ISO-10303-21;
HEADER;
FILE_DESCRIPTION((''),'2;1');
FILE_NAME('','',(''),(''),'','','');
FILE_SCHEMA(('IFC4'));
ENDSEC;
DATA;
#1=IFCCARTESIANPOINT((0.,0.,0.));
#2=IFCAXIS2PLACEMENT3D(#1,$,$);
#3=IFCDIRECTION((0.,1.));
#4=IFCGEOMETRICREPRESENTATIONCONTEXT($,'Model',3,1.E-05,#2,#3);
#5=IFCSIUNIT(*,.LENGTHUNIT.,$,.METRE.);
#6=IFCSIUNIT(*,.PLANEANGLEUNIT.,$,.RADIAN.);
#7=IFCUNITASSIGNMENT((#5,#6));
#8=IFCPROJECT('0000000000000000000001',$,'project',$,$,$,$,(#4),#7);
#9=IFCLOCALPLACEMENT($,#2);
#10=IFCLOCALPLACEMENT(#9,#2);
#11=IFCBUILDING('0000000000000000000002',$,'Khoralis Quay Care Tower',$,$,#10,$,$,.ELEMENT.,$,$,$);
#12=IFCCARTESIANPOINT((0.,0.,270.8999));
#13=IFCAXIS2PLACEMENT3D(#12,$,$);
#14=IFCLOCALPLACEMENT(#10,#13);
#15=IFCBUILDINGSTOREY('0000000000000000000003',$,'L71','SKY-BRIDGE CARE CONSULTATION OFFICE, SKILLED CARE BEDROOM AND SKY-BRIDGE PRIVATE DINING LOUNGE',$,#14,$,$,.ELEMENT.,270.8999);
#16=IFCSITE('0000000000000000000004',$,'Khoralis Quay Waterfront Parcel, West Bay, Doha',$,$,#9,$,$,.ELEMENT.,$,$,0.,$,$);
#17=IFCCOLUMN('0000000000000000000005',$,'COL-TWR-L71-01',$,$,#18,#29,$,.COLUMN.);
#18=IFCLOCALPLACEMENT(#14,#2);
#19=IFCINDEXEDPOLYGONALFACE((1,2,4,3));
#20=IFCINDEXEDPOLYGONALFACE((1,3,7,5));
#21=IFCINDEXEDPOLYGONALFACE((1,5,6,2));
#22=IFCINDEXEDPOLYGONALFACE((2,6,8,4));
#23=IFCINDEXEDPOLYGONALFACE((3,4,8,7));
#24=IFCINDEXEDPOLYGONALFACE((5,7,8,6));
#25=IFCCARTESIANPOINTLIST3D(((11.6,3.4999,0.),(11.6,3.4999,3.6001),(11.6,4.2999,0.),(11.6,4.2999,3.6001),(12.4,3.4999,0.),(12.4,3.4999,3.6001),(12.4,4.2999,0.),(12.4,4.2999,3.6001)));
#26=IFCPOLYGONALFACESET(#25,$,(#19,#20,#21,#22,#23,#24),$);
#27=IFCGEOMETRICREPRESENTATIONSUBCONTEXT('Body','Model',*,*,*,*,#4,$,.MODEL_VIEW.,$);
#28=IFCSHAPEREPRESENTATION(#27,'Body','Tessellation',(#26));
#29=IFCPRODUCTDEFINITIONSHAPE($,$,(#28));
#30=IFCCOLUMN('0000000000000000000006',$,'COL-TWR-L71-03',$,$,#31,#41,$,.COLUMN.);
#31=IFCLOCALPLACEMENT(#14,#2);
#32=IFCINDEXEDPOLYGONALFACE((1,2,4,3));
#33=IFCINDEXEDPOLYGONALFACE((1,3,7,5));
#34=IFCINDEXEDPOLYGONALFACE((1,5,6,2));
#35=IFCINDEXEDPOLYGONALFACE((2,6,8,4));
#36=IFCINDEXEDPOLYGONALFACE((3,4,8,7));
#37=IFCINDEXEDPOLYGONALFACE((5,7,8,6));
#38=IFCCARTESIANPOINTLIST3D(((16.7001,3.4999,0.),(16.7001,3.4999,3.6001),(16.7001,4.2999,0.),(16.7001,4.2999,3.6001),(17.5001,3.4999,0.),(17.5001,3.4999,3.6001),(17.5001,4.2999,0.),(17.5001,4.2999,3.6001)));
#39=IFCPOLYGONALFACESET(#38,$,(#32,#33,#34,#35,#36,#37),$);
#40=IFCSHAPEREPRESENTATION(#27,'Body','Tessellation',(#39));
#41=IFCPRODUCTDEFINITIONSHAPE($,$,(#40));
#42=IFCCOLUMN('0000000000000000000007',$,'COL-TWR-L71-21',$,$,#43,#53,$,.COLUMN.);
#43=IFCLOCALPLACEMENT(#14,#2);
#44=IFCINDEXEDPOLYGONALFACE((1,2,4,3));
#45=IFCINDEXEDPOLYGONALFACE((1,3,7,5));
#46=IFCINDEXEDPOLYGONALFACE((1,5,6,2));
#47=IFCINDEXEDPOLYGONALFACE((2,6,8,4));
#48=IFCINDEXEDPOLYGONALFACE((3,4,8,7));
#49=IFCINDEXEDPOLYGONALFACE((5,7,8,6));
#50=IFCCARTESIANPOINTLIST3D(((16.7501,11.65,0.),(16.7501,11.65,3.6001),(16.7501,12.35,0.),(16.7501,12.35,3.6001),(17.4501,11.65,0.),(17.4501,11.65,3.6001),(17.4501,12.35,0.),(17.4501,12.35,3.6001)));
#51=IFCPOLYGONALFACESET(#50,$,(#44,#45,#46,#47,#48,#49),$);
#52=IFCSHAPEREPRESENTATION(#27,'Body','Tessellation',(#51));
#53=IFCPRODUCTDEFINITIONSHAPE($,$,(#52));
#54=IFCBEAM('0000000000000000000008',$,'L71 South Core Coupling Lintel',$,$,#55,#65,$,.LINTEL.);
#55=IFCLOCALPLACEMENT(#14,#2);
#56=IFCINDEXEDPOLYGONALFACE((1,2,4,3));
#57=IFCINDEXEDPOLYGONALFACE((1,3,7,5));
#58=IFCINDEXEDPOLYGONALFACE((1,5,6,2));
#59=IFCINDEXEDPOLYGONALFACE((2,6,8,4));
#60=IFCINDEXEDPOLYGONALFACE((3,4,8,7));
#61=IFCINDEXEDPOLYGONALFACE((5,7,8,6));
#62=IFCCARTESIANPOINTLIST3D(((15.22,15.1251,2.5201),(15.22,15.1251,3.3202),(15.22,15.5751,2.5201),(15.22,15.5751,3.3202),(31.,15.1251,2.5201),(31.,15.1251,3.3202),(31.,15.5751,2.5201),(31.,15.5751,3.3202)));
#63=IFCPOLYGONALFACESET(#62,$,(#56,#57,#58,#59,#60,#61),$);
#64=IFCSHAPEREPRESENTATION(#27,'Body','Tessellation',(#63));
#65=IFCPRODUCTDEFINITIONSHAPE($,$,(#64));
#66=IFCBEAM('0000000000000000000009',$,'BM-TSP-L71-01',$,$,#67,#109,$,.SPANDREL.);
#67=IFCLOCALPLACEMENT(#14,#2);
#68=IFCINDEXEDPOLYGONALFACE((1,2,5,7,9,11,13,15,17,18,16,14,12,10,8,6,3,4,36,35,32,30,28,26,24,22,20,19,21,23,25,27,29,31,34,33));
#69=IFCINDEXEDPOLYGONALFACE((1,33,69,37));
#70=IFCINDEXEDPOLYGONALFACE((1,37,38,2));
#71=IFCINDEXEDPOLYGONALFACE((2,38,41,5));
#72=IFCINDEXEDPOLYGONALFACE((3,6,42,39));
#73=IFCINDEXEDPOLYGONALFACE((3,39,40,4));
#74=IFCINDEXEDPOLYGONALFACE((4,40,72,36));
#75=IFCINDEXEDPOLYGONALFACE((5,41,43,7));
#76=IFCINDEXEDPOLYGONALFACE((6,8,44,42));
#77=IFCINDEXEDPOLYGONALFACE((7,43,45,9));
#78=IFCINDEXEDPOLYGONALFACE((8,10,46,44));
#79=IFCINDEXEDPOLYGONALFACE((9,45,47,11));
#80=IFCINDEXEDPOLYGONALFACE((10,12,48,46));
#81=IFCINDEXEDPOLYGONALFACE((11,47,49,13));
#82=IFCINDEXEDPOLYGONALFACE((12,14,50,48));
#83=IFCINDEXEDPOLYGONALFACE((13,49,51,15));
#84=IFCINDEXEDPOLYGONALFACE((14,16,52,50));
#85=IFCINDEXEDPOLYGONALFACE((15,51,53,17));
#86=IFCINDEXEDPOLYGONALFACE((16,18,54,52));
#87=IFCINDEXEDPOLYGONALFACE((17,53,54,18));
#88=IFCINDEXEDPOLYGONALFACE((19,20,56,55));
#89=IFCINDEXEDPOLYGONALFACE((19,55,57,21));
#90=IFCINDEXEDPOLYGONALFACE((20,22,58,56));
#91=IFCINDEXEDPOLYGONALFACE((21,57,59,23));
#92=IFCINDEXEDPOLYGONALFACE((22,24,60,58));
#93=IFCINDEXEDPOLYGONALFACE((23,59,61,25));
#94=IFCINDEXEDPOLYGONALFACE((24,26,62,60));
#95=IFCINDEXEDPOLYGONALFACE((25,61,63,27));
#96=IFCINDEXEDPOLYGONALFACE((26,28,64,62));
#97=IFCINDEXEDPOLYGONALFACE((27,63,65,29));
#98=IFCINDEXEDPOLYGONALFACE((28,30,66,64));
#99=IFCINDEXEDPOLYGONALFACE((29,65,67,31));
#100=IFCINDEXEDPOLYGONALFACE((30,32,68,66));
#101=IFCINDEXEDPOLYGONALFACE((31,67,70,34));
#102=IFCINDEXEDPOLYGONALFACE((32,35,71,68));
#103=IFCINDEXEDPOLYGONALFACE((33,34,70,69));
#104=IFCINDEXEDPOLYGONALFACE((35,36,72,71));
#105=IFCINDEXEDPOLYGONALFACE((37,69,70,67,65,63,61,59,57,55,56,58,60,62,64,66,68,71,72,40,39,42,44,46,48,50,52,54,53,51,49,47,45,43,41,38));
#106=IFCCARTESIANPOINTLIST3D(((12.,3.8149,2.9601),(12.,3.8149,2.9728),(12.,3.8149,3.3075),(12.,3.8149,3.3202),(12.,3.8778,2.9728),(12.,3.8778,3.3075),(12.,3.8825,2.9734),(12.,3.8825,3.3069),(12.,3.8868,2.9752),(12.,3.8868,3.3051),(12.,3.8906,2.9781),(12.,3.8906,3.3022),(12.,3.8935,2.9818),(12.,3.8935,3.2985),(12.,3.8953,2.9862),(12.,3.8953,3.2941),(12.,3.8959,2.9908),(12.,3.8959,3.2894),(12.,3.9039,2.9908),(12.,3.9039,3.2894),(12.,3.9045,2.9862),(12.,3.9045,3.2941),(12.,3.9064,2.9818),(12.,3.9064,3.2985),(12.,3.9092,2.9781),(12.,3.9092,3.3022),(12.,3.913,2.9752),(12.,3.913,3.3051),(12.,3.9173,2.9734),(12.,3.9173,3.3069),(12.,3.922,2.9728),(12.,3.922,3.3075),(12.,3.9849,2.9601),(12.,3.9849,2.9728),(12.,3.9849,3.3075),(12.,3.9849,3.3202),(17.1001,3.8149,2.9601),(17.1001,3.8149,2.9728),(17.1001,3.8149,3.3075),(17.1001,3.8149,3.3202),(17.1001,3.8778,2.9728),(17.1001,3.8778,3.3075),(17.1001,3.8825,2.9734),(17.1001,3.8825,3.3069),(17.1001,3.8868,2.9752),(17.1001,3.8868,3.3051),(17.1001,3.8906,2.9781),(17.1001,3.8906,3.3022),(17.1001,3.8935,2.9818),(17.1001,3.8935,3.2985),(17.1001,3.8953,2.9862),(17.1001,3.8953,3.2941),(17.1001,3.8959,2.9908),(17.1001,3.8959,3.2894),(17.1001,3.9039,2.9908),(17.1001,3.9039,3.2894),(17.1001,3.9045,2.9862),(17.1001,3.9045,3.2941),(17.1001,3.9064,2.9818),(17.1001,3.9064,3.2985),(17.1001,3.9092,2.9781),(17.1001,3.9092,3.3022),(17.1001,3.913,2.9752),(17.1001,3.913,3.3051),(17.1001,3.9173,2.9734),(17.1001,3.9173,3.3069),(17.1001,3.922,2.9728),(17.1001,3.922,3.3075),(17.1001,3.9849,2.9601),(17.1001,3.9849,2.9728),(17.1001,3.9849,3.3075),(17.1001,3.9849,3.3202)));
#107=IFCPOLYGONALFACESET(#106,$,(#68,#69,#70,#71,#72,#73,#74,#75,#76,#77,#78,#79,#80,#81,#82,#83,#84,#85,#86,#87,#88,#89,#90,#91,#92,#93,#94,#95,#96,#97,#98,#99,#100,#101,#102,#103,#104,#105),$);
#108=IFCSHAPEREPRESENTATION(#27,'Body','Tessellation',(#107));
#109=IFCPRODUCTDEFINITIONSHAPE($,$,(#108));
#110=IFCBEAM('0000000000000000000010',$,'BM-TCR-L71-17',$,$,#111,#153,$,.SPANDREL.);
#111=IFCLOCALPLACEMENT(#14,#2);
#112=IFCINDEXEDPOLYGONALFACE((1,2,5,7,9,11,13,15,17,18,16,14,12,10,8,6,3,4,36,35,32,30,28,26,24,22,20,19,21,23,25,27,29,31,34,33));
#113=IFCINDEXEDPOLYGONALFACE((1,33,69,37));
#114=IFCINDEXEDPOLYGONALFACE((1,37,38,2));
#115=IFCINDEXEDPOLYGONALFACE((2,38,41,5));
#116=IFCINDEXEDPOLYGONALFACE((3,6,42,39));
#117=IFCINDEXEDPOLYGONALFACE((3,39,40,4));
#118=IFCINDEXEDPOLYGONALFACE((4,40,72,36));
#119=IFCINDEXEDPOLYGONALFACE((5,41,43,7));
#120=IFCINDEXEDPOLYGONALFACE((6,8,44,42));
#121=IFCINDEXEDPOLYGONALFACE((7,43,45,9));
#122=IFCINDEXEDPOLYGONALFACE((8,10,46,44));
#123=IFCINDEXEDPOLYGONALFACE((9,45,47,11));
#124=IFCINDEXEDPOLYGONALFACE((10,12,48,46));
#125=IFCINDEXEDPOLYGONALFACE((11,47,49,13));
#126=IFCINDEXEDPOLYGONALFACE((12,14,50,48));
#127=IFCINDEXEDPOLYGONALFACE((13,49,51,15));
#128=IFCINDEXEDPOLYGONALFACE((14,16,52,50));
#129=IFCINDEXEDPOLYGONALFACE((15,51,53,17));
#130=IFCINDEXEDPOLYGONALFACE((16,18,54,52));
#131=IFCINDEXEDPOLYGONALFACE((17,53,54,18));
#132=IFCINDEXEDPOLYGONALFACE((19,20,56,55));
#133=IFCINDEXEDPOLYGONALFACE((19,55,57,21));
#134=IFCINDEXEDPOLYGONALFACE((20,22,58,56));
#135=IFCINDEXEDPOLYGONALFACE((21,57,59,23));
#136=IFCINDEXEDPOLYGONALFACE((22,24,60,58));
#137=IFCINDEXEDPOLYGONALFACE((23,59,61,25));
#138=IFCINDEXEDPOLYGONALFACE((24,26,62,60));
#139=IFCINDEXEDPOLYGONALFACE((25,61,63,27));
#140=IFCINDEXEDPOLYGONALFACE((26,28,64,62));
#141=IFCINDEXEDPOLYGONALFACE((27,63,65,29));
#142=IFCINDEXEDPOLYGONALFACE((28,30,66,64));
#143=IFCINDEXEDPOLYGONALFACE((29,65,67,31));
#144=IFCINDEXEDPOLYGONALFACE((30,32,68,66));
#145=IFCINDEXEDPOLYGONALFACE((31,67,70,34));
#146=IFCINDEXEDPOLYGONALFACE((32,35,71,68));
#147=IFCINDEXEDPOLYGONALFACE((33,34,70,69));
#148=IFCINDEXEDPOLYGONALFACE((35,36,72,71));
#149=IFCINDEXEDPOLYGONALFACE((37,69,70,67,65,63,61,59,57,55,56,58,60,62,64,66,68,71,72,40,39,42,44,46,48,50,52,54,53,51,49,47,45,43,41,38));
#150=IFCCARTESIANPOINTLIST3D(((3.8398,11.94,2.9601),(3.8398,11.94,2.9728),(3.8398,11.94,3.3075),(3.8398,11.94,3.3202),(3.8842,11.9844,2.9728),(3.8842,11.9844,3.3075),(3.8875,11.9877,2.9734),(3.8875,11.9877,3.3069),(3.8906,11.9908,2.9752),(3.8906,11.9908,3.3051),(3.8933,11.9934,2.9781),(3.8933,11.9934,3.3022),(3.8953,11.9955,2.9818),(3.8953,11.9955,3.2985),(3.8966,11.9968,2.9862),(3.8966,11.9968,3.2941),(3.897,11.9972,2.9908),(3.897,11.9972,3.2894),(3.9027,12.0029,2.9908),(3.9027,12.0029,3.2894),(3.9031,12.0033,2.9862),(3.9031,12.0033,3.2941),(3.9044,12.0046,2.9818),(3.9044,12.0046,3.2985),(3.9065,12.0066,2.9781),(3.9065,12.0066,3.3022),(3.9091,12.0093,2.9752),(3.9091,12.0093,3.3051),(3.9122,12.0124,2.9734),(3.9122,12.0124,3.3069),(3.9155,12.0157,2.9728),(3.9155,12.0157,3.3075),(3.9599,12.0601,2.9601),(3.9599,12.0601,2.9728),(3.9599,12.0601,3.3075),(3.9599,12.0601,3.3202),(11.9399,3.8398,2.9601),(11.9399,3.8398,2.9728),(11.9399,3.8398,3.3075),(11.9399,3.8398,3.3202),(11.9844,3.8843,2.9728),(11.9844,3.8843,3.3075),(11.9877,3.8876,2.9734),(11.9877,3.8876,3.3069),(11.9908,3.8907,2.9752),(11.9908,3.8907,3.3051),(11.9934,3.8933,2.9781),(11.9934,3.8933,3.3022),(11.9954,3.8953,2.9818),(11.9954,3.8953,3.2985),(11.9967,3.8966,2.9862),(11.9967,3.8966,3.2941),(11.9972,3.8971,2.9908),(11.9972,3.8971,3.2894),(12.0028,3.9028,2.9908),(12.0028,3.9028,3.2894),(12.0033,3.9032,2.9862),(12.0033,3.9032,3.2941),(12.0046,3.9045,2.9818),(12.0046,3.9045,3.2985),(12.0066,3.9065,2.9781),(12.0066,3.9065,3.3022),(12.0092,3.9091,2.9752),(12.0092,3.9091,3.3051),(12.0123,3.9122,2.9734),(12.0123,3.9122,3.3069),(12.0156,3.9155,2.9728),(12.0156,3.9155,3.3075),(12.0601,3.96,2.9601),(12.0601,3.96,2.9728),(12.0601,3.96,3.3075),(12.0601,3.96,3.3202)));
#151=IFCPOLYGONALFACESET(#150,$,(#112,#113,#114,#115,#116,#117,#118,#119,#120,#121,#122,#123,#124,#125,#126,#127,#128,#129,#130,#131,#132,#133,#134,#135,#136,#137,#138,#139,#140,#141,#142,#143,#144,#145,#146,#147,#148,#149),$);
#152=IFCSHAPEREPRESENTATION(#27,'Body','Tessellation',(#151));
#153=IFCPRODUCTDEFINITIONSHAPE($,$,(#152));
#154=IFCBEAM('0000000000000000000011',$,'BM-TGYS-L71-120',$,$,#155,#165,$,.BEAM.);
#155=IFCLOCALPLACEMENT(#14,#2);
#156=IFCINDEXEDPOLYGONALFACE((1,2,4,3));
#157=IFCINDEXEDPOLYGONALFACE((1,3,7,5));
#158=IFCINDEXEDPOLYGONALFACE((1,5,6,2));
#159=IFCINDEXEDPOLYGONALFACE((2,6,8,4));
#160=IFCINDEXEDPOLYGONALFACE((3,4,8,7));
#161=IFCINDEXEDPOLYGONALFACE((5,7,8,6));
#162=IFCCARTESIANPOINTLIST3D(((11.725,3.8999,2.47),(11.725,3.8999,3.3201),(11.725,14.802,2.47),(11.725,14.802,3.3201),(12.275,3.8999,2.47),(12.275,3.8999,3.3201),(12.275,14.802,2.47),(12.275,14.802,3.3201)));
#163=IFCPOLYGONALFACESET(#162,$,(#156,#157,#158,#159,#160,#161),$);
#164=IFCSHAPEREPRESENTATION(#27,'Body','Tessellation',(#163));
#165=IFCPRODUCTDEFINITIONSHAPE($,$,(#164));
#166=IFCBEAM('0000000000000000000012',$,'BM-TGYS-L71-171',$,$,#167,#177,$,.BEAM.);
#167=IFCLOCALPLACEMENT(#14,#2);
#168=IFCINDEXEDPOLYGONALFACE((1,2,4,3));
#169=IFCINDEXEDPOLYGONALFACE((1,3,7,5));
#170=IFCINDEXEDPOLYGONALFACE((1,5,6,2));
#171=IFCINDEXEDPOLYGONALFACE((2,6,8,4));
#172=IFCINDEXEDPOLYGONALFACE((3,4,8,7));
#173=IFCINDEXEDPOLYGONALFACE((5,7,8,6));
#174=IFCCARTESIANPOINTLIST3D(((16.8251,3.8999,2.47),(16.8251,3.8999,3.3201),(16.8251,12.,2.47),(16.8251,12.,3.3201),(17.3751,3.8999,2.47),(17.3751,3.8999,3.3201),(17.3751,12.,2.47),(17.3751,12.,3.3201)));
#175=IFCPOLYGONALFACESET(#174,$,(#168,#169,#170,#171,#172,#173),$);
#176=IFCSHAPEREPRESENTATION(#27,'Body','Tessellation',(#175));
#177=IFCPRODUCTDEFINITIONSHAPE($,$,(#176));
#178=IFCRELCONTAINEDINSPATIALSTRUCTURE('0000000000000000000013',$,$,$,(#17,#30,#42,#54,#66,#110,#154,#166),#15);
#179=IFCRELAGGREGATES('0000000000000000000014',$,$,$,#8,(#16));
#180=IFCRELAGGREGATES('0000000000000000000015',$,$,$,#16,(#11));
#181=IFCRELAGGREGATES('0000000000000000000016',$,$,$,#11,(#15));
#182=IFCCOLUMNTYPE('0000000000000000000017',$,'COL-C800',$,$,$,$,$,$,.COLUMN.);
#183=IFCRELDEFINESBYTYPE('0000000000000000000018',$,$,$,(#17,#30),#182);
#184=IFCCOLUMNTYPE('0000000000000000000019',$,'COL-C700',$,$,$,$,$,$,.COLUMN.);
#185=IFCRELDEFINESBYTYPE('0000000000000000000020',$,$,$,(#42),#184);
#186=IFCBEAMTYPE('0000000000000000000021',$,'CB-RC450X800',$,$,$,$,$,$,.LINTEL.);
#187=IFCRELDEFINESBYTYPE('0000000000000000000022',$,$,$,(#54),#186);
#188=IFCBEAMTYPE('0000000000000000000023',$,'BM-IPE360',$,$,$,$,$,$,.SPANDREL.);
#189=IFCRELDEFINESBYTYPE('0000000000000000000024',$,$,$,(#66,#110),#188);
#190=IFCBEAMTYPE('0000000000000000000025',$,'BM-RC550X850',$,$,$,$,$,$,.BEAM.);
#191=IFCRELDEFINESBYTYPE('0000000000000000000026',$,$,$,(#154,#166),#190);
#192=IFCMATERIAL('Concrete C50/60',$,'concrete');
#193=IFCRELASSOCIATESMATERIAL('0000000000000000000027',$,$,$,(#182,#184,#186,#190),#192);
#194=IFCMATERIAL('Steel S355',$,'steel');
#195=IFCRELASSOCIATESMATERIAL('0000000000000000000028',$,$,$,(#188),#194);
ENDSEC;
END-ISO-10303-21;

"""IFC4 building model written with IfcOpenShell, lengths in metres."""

from ifc_helpers import new_model, si_unit, direction, frame, origin, origin_2d, place, context, subcontext, project, spatial, rectangle, i_section, extrude, source, transform, mapped, material, material_profile, profile_set, type_object, element, save


model = new_model("IFC4")

# Units and contexts
model_context = context("Model", 3, precision=1e-05, world=origin(), true_north=direction((0.0, 1.0)))
body_context = subcontext(model_context, "Body", "Model", "MODEL_VIEW")
ifc_project = project(units=[si_unit("LENGTHUNIT", "METRE"), si_unit("PLANEANGLEUNIT", "RADIAN")], contexts=[model_context])

# Site, building, storey
site_placement = place(None, origin())
site = spatial("IfcSite", under=ifc_project, at=site_placement, Name="Khoralis Quay Waterfront Parcel, West Bay, Doha", CompositionType="ELEMENT", RefElevation=0.0)
building_placement = place(site_placement, origin())
building = spatial("IfcBuilding", under=site, at=building_placement, Name="Khoralis Quay Care Tower", CompositionType="ELEMENT")
storey_placement = place(building_placement, frame((0.0, 0.0, 270.8999)))
storey = spatial("IfcBuildingStorey", under=building, at=storey_placement, Name="L71", Description="SKY-BRIDGE CARE CONSULTATION OFFICE, SKILLED CARE BEDROOM AND SKY-BRIDGE PRIVATE DINING LOUNGE", CompositionType="ELEMENT", Elevation=270.8999)

# Columns
ifc_material_1 = material(Name="Concrete C50/60", Category="concrete")
ifc_material_profile_1 = material_profile(ifc_material_1, rectangle(XDim=0.8, YDim=0.8, at=origin_2d()), Name="Concrete C50/60")
ifc_profile_set_1 = profile_set([ifc_material_profile_1], Name="Concrete C50/60")
column_type_1 = type_object("IfcColumnType", Name="COL-C800", PredefinedType="COLUMN", material=ifc_profile_set_1)
shared_shape_1 = source(origin(), body_context, "Body", "SweptSolid", [
    extrude(rectangle(XDim=0.8, YDim=0.8, at=origin_2d()), origin(), (0.0, 0.0, 1.0), 3.6001),
])
for number, where, z_axis, x_axis, name in (
    (1, (12.0, 3.8999, 0.0), (0.0, 0.0, 1.0), (1.0, 0.0, 0.0), "COL-TWR-L71-01"),
    (2, (17.1001, 3.8999, 0.0), (0.0, 0.0, 1.0), (1.0, 0.0, 0.0), "COL-TWR-L71-03"),
):
    element("IfcColumn", number, at=place(storey_placement, frame(where, z_axis=z_axis, x_axis=x_axis)), inside=storey, type_object=column_type_1, Name=name, PredefinedType="COLUMN", context=body_context, shape_type="MappedRepresentation", body=[
        mapped(shared_shape_1, transform((0.0, 0.0, 0.0), scale=1.0)),
    ])
ifc_material_profile_2 = material_profile(ifc_material_1, rectangle(XDim=0.7, YDim=0.7, at=origin_2d()), Name="Concrete C50/60")
ifc_profile_set_2 = profile_set([ifc_material_profile_2], Name="Concrete C50/60")
column_type_2 = type_object("IfcColumnType", Name="COL-C700", PredefinedType="COLUMN", material=ifc_profile_set_2)
shared_shape_2 = source(origin(), body_context, "Body", "SweptSolid", [
    extrude(rectangle(XDim=0.7, YDim=0.7, at=origin_2d()), origin(), (0.0, 0.0, 1.0), 3.6001),
])
column_placement = place(storey_placement, frame((17.1001, 12.0, 0.0), z_axis=(0.0, 0.0, 1.0), x_axis=(1.0, 0.0, 0.0)))
element("IfcColumn", 3, at=column_placement, inside=storey, type_object=column_type_2, Name="COL-TWR-L71-21", PredefinedType="COLUMN", context=body_context, shape_type="MappedRepresentation", body=[
    mapped(shared_shape_2, transform((0.0, 0.0, 0.0), scale=1.0)),
])

# Beams
ifc_material_profile_3 = material_profile(ifc_material_1, rectangle(XDim=0.45, YDim=0.8, at=origin_2d()), Name="Concrete C50/60")
ifc_profile_set_3 = profile_set([ifc_material_profile_3], Name="Concrete C50/60")
beam_type_1 = type_object("IfcBeamType", Name="CB-RC450X800", PredefinedType="LINTEL", material=ifc_profile_set_3)
shared_shape_3 = source(origin(), body_context, "Body", "SweptSolid", [
    extrude(rectangle(XDim=0.45, YDim=0.8, at=origin_2d()), origin(), (0.0, 0.0, 1.0), 15.78),
])
beam_1_placement = place(storey_placement, frame((15.22, 15.3501, 2.9202), z_axis=(1.0, 0.0, 0.0), x_axis=(0.0, 1.0, 0.0)))
element("IfcBeam", 4, at=beam_1_placement, inside=storey, type_object=beam_type_1, Name="L71 South Core Coupling Lintel", PredefinedType="LINTEL", context=body_context, shape_type="MappedRepresentation", body=[
    mapped(shared_shape_3, transform((0.0, 0.0, 0.0), scale=1.0)),
])
ifc_material_2 = material(Name="Steel S355", Category="steel")
ifc_material_profile_4 = material_profile(ifc_material_2, i_section(OverallWidth=0.1699, OverallDepth=0.3601, WebThickness=0.0081, FlangeThickness=0.0127, FilletRadius=0.0181, at=origin_2d()), Name="Steel S355")
ifc_profile_set_4 = profile_set([ifc_material_profile_4], Name="Steel S355")
beam_type_2 = type_object("IfcBeamType", Name="BM-IPE360", PredefinedType="SPANDREL", material=ifc_profile_set_4)
shared_shape_4 = source(origin(), body_context, "Body", "SweptSolid", [
    extrude(i_section(OverallWidth=0.1699, OverallDepth=0.3601, WebThickness=0.0081, FlangeThickness=0.0127, FilletRadius=0.0181, at=origin_2d()), origin(), (0.0, 0.0, 1.0), 5.1001),
])
beam_2_placement = place(storey_placement, frame((12.0, 3.8999, 3.1401), z_axis=(1.0, 0.0, 0.0), x_axis=(0.0, 1.0, 0.0)))
element("IfcBeam", 5, at=beam_2_placement, inside=storey, type_object=beam_type_2, Name="BM-TSP-L71-01", PredefinedType="SPANDREL", context=body_context, shape_type="MappedRepresentation", body=[
    mapped(shared_shape_4, transform((0.0, 0.0, 0.0), scale=1.0)),
])
shared_shape_5 = source(origin(), body_context, "Body", "SweptSolid", [
    extrude(i_section(OverallWidth=0.1699, OverallDepth=0.3601, WebThickness=0.0081, FlangeThickness=0.0127, FilletRadius=0.0181, at=origin_2d()), origin(), (0.0, 0.0, 1.0), 11.4553),
])
beam_3_placement = place(storey_placement, frame((12.0, 3.8999, 3.1401), z_axis=(-0.707107, 0.707107, 0.0), x_axis=(-0.707107, -0.707107, 0.0)))
element("IfcBeam", 6, at=beam_3_placement, inside=storey, type_object=beam_type_2, Name="BM-TCR-L71-17", PredefinedType="SPANDREL", context=body_context, shape_type="MappedRepresentation", body=[
    mapped(shared_shape_5, transform((0.0, 0.0, 0.0), scale=1.0)),
])
ifc_material_profile_5 = material_profile(ifc_material_1, rectangle(XDim=0.55, YDim=0.8501, at=origin_2d()), Name="Concrete C50/60")
ifc_profile_set_5 = profile_set([ifc_material_profile_5], Name="Concrete C50/60")
beam_type_3 = type_object("IfcBeamType", Name="BM-RC550X850", PredefinedType="BEAM", material=ifc_profile_set_5)
shared_shape_6 = source(origin(), body_context, "Body", "SweptSolid", [
    extrude(rectangle(XDim=0.55, YDim=0.8501, at=origin_2d()), origin(), (0.0, 0.0, 1.0), 10.9021),
])
beam_4_placement = place(storey_placement, frame((12.0, 3.8999, 2.895), z_axis=(0.0, 1.0, 0.0), x_axis=(-1.0, 0.0, 0.0)))
element("IfcBeam", 7, at=beam_4_placement, inside=storey, type_object=beam_type_3, Name="BM-TGYS-L71-120", PredefinedType="BEAM", context=body_context, shape_type="MappedRepresentation", body=[
    mapped(shared_shape_6, transform((0.0, 0.0, 0.0), scale=1.0)),
])
shared_shape_7 = source(origin(), body_context, "Body", "SweptSolid", [
    extrude(rectangle(XDim=0.55, YDim=0.8501, at=origin_2d()), origin(), (0.0, 0.0, 1.0), 8.1001),
])
beam_5_placement = place(storey_placement, frame((17.1001, 3.8999, 2.895), z_axis=(0.0, 1.0, 0.0), x_axis=(-1.0, 0.0, 0.0)))
element("IfcBeam", 8, at=beam_5_placement, inside=storey, type_object=beam_type_3, Name="BM-TGYS-L71-171", PredefinedType="BEAM", context=body_context, shape_type="MappedRepresentation", body=[
    mapped(shared_shape_7, transform((0.0, 0.0, 0.0), scale=1.0)),
])

save(model, "model.ifc")
